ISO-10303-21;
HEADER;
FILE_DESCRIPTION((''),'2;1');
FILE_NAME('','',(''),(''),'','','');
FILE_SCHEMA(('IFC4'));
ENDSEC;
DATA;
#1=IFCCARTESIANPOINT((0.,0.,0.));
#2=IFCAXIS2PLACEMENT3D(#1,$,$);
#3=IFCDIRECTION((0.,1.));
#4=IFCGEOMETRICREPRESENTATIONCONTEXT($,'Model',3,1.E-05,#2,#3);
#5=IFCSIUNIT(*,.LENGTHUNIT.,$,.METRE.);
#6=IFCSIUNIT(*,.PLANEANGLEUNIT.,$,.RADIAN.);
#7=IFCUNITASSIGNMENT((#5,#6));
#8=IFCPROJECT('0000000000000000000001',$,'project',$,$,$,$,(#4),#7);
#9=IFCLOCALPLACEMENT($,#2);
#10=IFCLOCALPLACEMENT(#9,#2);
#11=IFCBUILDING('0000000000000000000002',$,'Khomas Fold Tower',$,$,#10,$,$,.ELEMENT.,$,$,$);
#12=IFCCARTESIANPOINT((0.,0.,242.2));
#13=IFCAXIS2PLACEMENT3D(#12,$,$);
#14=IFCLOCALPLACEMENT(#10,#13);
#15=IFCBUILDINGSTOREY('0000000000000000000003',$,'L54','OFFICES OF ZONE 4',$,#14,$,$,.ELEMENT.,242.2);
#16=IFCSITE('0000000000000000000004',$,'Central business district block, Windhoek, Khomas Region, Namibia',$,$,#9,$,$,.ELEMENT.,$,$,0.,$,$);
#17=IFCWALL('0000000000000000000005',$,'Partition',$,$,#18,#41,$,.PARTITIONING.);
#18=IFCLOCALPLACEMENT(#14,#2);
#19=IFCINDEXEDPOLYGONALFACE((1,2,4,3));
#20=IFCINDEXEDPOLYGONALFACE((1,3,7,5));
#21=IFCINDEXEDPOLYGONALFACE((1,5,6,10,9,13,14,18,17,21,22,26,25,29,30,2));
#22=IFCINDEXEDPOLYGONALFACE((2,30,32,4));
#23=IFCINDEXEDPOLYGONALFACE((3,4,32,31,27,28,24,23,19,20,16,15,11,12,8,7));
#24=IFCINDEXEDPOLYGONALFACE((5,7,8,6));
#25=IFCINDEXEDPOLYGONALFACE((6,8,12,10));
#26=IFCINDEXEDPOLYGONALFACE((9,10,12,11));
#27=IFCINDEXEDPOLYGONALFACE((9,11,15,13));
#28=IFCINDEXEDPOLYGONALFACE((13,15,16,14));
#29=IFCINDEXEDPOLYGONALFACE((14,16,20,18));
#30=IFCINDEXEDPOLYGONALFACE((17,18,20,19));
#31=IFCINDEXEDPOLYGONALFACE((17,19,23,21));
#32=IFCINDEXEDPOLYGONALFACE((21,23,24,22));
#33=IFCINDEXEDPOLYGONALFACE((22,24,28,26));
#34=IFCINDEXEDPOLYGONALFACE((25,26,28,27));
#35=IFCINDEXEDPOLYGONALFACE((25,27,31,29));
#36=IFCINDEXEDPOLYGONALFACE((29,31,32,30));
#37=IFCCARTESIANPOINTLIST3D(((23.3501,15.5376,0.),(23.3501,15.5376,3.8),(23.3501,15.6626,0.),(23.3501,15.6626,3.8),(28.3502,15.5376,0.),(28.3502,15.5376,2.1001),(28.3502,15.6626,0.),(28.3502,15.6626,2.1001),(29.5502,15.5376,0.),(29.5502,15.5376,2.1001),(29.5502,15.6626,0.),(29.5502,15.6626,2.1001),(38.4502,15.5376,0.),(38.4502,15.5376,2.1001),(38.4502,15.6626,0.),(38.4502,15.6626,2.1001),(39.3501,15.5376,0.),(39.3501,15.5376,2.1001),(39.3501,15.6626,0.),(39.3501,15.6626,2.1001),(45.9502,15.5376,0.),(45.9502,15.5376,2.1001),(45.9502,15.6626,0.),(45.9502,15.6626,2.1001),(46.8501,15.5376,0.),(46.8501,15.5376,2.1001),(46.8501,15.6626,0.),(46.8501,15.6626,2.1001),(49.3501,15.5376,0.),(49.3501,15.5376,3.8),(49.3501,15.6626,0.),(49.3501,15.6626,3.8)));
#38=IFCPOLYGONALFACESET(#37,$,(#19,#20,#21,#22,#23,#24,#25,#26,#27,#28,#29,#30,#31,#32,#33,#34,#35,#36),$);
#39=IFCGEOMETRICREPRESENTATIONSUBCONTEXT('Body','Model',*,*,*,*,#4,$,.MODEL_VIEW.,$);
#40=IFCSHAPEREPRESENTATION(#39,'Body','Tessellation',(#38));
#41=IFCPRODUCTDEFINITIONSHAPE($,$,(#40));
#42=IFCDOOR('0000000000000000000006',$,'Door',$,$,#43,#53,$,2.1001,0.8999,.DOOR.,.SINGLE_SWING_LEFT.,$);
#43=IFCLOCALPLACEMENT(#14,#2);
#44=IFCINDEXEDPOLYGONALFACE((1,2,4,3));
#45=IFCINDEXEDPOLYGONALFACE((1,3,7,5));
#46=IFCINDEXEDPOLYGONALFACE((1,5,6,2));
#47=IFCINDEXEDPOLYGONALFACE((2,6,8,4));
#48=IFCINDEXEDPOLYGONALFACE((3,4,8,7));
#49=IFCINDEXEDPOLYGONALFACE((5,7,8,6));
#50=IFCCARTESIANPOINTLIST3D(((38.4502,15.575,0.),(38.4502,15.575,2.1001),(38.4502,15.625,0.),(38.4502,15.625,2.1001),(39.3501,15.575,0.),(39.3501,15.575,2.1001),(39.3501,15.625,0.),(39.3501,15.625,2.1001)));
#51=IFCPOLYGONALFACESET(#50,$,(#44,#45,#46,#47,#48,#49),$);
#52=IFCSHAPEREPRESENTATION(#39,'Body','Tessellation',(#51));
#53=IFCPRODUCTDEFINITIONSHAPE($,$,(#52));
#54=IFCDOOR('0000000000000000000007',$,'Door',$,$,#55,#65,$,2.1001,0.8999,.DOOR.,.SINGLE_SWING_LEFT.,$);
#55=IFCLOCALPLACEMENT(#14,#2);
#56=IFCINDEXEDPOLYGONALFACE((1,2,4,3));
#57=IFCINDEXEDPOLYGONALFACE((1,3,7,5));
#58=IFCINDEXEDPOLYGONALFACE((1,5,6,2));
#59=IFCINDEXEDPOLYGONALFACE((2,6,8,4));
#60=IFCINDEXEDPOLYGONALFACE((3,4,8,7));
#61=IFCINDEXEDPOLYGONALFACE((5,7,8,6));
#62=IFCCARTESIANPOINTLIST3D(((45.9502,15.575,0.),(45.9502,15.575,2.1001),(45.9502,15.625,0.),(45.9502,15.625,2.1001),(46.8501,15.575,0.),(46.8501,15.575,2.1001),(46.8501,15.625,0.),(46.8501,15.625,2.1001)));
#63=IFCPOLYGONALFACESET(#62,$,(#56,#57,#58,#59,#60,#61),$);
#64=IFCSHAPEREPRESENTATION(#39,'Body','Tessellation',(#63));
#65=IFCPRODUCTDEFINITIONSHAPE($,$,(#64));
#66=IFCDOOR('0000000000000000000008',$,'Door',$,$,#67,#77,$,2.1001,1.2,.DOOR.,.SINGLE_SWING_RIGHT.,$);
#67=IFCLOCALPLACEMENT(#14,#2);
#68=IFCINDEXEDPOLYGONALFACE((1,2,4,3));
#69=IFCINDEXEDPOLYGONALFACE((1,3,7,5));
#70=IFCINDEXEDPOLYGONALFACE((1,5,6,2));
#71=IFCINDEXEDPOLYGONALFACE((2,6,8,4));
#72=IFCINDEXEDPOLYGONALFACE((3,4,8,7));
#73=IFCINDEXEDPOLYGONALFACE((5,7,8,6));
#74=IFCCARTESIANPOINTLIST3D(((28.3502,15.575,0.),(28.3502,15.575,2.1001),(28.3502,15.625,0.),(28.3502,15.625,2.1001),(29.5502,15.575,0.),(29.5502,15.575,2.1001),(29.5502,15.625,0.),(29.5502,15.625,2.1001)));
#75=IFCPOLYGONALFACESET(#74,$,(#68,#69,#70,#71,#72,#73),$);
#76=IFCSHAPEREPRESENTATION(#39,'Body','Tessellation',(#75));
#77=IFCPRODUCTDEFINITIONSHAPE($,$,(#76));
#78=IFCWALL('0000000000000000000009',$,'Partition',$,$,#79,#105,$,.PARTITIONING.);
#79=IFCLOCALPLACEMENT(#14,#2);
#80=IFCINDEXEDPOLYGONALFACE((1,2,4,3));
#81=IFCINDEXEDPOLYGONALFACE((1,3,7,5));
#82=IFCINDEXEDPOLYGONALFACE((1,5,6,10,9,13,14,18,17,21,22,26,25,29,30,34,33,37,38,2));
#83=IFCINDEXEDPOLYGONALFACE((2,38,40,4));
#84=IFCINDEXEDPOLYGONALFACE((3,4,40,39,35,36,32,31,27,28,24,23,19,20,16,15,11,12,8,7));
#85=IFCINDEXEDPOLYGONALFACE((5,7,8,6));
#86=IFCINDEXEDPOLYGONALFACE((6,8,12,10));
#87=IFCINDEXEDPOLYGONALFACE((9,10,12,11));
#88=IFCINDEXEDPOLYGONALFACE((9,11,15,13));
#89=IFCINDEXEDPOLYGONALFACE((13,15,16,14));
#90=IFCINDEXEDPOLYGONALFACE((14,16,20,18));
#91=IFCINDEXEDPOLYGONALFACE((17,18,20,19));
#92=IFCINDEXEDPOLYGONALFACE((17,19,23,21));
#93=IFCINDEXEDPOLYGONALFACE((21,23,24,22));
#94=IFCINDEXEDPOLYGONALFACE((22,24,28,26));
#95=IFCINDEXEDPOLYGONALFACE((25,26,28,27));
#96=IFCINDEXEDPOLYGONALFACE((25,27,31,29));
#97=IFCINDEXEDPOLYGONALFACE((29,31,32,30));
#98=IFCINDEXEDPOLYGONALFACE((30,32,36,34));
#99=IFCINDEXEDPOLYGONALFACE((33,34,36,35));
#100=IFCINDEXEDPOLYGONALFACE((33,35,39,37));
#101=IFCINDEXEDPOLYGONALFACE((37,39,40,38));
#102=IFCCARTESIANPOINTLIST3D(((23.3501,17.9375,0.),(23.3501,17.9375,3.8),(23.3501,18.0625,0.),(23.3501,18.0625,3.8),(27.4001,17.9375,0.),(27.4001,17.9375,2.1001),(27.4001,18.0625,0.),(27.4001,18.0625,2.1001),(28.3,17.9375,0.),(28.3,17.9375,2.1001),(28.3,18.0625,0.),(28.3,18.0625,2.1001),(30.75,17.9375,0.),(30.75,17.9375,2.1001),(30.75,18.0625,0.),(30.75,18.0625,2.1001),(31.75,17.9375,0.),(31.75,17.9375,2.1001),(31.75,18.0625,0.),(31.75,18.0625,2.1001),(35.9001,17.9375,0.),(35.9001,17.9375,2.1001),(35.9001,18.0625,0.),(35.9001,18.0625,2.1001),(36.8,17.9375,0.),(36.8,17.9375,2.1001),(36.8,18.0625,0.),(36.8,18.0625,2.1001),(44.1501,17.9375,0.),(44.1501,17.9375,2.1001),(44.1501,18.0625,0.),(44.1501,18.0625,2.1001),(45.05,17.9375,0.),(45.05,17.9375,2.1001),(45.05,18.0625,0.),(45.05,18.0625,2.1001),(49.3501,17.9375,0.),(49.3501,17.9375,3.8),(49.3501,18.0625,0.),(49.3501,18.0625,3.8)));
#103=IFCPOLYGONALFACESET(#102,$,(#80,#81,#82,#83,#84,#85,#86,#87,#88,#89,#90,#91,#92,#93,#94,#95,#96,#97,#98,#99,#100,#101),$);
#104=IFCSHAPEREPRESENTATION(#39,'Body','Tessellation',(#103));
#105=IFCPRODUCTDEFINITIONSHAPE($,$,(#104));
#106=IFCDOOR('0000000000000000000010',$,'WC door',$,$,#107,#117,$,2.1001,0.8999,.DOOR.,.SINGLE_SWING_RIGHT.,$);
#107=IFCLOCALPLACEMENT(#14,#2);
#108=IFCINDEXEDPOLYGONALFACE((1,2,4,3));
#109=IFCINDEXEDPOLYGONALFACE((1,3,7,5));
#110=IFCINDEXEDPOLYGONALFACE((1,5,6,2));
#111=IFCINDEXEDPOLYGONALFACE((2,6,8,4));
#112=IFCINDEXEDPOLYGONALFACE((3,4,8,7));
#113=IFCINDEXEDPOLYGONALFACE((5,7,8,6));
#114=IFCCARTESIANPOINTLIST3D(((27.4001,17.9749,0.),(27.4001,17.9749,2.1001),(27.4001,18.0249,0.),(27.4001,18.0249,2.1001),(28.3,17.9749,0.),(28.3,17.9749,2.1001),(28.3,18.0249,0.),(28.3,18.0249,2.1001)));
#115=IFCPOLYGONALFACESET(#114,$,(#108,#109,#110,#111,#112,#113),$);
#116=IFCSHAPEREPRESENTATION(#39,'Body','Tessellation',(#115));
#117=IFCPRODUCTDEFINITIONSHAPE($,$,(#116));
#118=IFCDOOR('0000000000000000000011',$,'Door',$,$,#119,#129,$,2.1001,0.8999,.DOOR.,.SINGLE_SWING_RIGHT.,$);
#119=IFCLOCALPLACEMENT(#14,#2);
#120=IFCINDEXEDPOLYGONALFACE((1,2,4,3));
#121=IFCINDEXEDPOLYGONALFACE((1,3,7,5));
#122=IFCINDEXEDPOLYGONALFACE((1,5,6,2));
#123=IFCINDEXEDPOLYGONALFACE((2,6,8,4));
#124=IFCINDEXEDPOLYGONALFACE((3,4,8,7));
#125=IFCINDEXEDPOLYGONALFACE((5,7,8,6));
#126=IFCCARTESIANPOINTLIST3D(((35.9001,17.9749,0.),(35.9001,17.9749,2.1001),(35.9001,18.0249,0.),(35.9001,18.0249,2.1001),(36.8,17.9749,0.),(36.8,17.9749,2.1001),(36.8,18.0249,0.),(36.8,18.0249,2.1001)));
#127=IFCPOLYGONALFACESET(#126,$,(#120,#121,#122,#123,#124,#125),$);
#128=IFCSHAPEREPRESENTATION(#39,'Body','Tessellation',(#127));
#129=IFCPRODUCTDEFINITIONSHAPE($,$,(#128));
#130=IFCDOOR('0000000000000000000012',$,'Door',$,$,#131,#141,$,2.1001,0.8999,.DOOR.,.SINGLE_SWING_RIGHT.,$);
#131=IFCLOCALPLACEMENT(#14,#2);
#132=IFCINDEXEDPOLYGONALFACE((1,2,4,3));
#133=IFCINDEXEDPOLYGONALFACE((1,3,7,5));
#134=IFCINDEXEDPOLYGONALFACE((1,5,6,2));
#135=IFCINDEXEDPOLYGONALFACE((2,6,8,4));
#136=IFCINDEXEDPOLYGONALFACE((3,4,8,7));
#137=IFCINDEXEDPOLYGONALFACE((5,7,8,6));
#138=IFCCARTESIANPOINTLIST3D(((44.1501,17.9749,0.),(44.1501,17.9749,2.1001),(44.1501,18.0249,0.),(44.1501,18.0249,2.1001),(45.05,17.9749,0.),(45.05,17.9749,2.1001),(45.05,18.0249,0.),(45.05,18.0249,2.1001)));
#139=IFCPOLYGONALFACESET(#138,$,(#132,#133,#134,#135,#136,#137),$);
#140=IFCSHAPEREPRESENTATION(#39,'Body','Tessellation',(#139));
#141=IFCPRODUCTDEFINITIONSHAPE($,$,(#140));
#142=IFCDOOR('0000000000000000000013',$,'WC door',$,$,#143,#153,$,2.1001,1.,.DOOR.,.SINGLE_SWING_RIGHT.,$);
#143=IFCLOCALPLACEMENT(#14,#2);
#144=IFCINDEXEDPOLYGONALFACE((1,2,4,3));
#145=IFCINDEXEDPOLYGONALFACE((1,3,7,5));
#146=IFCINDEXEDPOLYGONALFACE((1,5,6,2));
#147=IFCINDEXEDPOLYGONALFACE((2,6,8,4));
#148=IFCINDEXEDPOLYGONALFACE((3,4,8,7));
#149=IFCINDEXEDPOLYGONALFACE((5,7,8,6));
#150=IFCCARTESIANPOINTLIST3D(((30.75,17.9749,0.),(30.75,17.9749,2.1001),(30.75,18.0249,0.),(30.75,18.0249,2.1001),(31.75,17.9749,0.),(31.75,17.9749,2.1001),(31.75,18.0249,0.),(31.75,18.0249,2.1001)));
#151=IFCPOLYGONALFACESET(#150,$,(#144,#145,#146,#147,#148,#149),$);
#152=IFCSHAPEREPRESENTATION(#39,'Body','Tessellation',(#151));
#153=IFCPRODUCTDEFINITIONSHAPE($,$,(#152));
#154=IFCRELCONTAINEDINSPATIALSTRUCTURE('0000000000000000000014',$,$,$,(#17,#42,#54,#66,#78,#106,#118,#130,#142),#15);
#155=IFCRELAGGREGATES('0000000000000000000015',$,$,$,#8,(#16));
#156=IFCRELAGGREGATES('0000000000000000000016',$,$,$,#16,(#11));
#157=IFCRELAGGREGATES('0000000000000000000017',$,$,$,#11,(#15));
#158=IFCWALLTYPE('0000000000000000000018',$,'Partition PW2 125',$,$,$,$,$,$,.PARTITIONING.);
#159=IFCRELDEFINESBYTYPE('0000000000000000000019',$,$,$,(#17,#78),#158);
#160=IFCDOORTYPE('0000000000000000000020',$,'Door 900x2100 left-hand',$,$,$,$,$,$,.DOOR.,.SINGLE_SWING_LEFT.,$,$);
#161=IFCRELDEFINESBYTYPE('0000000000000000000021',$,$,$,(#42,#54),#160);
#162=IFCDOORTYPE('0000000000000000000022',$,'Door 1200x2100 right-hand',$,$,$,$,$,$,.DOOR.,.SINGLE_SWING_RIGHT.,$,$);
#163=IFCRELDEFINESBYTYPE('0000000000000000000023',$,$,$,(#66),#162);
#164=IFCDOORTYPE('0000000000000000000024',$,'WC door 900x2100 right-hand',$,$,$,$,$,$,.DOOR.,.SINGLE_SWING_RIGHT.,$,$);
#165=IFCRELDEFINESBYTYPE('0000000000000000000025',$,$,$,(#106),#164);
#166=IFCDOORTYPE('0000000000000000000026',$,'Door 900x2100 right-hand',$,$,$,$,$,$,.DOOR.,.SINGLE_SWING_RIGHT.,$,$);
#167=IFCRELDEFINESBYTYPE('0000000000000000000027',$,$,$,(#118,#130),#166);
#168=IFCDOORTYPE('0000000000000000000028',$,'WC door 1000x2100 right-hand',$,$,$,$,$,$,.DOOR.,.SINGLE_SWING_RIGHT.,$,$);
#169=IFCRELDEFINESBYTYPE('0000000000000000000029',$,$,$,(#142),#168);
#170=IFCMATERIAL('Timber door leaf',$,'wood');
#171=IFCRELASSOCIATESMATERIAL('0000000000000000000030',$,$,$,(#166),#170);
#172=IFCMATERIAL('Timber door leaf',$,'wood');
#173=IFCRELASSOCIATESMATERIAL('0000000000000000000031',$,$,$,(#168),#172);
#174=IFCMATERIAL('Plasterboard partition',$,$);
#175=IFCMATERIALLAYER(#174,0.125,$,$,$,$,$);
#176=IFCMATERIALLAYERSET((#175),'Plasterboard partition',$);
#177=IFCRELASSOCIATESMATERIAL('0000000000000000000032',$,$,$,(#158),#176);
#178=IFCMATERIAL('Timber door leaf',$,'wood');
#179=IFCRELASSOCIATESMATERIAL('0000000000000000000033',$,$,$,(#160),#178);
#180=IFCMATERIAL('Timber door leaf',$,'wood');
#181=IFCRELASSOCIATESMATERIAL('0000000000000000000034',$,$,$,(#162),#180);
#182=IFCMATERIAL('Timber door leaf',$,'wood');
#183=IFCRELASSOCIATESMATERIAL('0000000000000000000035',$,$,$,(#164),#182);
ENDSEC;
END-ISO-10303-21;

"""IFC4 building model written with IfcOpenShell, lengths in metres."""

from ifc_helpers import new_model, si_unit, direction, frame, frame_2d, origin, place, context, subcontext, project, spatial, rectangle, extrude, source, transform, mapped, material, layer, layer_set, type_object, element, fill, save


model = new_model("IFC4")

# Units and contexts
model_context = context("Model", 3, precision=1e-05, world=origin(), true_north=direction((0.0, 1.0)))
body_context = subcontext(model_context, "Body", "Model", "MODEL_VIEW")
ifc_project = project(units=[si_unit("LENGTHUNIT", "METRE"), si_unit("PLANEANGLEUNIT", "RADIAN")], contexts=[model_context])

# Site, building, storey
site_placement = place(None, origin())
site = spatial("IfcSite", under=ifc_project, at=site_placement, Name="Central business district block, Windhoek, Khomas Region, Namibia", CompositionType="ELEMENT", RefElevation=0.0)
building_placement = place(site_placement, origin())
building = spatial("IfcBuilding", under=site, at=building_placement, Name="Khomas Fold Tower", CompositionType="ELEMENT")
storey_placement = place(building_placement, frame((0.0, 0.0, 242.2)))
storey = spatial("IfcBuildingStorey", under=building, at=storey_placement, Name="L54", Description="OFFICES OF ZONE 4", CompositionType="ELEMENT", Elevation=242.2)

# Walls, openings, doors
ifc_material_1 = material(Name="Timber door leaf", Category="wood")
door_type_1 = type_object("IfcDoorType", Name="Door 900x2100 right-hand", OperationType="SINGLE_SWING_RIGHT", PredefinedType="DOOR", material=ifc_material_1)
ifc_material_2 = material(Name="Timber door leaf", Category="wood")
door_type_2 = type_object("IfcDoorType", Name="WC door 1000x2100 right-hand", OperationType="SINGLE_SWING_RIGHT", PredefinedType="DOOR", material=ifc_material_2)
ifc_material_3 = material(Name="Plasterboard partition")
ifc_layer_1 = layer(ifc_material_3, 0.125)
ifc_layer_set_1 = layer_set([ifc_layer_1], Name="Plasterboard partition")
wall_type_1 = type_object("IfcWallType", Name="Partition PW2 125", PredefinedType="PARTITIONING", material=ifc_layer_set_1)
shared_shape_1 = source(origin(), body_context, "Body", "SweptSolid", [
    extrude(rectangle(XDim=26.0, YDim=0.125, at=frame_2d((13.0, 0.0))), origin(), (0.0, 0.0, 1.0), 3.8),
])
wall_1_placement = place(storey_placement, frame((23.3501, 15.6001, 0.0), z_axis=(0.0, 0.0, 1.0), x_axis=(1.0, 0.0, 0.0)))
wall_1 = element("IfcWall", 1, at=wall_1_placement, inside=storey, type_object=wall_type_1, Name="Partition", PredefinedType="PARTITIONING", context=body_context, shape_type="MappedRepresentation", body=[
    mapped(shared_shape_1, transform((0.0, 0.0, 0.0))),
])
shared_shape_2 = source(origin(), body_context, "Body", "SweptSolid", [
    extrude(rectangle(XDim=1.2, YDim=2.1001, at=frame_2d((0.6001, 1.05))), frame((0.0, 0.0725, 0.0), z_axis=(0.0, -1.0, 0.0), x_axis=(1.0, 0.0, 0.0)), (0.0, 0.0, 1.0), 0.145),
])
opening_1_placement = place(wall_1_placement, frame((5.0, 0.0, 0.0)))
opening_1 = element("IfcOpeningElement", 2, at=opening_1_placement, cuts=wall_1, PredefinedType="OPENING", context=body_context, shape_type="MappedRepresentation", body=[
    mapped(shared_shape_2, transform((0.0, 0.0, 0.0))),
])
shared_shape_3 = source(origin(), body_context, "Body", "SweptSolid", [
    extrude(rectangle(XDim=0.8999, YDim=2.1001, at=frame_2d((0.45, 1.05))), frame((0.0, 0.0725, 0.0), z_axis=(0.0, -1.0, 0.0), x_axis=(1.0, 0.0, 0.0)), (0.0, 0.0, 1.0), 0.145),
])
opening_2_placement = place(wall_1_placement, frame((15.1001, 0.0, 0.0)))
opening_2 = element("IfcOpeningElement", 3, at=opening_2_placement, cuts=wall_1, PredefinedType="OPENING", context=body_context, shape_type="MappedRepresentation", body=[
    mapped(shared_shape_3, transform((0.0, 0.0, 0.0))),
])
opening_3_placement = place(wall_1_placement, frame((22.6001, 0.0, 0.0)))
opening_3 = element("IfcOpeningElement", 4, at=opening_3_placement, cuts=wall_1, PredefinedType="OPENING", context=body_context, shape_type="MappedRepresentation", body=[
    mapped(shared_shape_3, transform((0.0, 0.0, 0.0))),
])
ifc_material_4 = material(Name="Timber door leaf", Category="wood")
door_type_3 = type_object("IfcDoorType", Name="Door 900x2100 left-hand", OperationType="SINGLE_SWING_LEFT", PredefinedType="DOOR", material=ifc_material_4)
shared_shape_4 = source(origin(), body_context, "Body", "SweptSolid", [
    extrude(rectangle(XDim=0.8999, YDim=2.1001, at=frame_2d((0.45, 1.05))), frame((0.0, 0.0249, 0.0), z_axis=(0.0, -1.0, 0.0), x_axis=(1.0, 0.0, 0.0)), (0.0, 0.0, 1.0), 0.05),
])
door_1_placement = place(opening_2_placement, origin())
door_1 = element("IfcDoor", 5, at=door_1_placement, inside=storey, type_object=door_type_3, Name="Door", OperationType="SINGLE_SWING_LEFT", OverallHeight=2.1001, OverallWidth=0.8999, PredefinedType="DOOR", context=body_context, shape_type="MappedRepresentation", body=[
    mapped(shared_shape_4, transform((0.0, 0.0, 0.0))),
])
fill(opening_2, door_1)
door_2_placement = place(opening_3_placement, origin())
door_2 = element("IfcDoor", 6, at=door_2_placement, inside=storey, type_object=door_type_3, Name="Door", OperationType="SINGLE_SWING_LEFT", OverallHeight=2.1001, OverallWidth=0.8999, PredefinedType="DOOR", context=body_context, shape_type="MappedRepresentation", body=[
    mapped(shared_shape_4, transform((0.0, 0.0, 0.0))),
])
fill(opening_3, door_2)
ifc_material_5 = material(Name="Timber door leaf", Category="wood")
door_type_4 = type_object("IfcDoorType", Name="Door 1200x2100 right-hand", OperationType="SINGLE_SWING_RIGHT", PredefinedType="DOOR", material=ifc_material_5)
shared_shape_5 = source(origin(), body_context, "Body", "SweptSolid", [
    extrude(rectangle(XDim=1.2, YDim=2.1001, at=frame_2d((0.6001, 1.05))), frame((0.0, 0.0249, 0.0), z_axis=(0.0, -1.0, 0.0), x_axis=(1.0, 0.0, 0.0)), (0.0, 0.0, 1.0), 0.05),
])
door_3_placement = place(opening_1_placement, origin())
door_3 = element("IfcDoor", 7, at=door_3_placement, inside=storey, type_object=door_type_4, Name="Door", OperationType="SINGLE_SWING_RIGHT", OverallHeight=2.1001, OverallWidth=1.2, PredefinedType="DOOR", context=body_context, shape_type="MappedRepresentation", body=[
    mapped(shared_shape_5, transform((0.0, 0.0, 0.0))),
])
fill(opening_1, door_3)
wall_2_placement = place(storey_placement, frame((23.3501, 18.0, 0.0), z_axis=(0.0, 0.0, 1.0), x_axis=(1.0, 0.0, 0.0)))
wall_2 = element("IfcWall", 8, at=wall_2_placement, inside=storey, type_object=wall_type_1, Name="Partition", PredefinedType="PARTITIONING", context=body_context, shape_type="MappedRepresentation", body=[
    mapped(shared_shape_1, transform((0.0, 0.0, 0.0))),
])
opening_4_placement = place(wall_2_placement, frame((4.05, 0.0, 0.0)))
opening_4 = element("IfcOpeningElement", 9, at=opening_4_placement, cuts=wall_2, PredefinedType="OPENING", context=body_context, shape_type="MappedRepresentation", body=[
    mapped(shared_shape_3, transform((0.0, 0.0, 0.0))),
])
shared_shape_6 = source(origin(), body_context, "Body", "SweptSolid", [
    extrude(rectangle(XDim=1.0, YDim=2.1001, at=frame_2d((0.5, 1.05))), frame((0.0, 0.0725, 0.0), z_axis=(0.0, -1.0, 0.0), x_axis=(1.0, 0.0, 0.0)), (0.0, 0.0, 1.0), 0.145),
])
opening_5_placement = place(wall_2_placement, frame((7.3999, 0.0, 0.0)))
opening_5 = element("IfcOpeningElement", 10, at=opening_5_placement, cuts=wall_2, PredefinedType="OPENING", context=body_context, shape_type="MappedRepresentation", body=[
    mapped(shared_shape_6, transform((0.0, 0.0, 0.0))),
])
opening_6_placement = place(wall_2_placement, frame((12.55, 0.0, 0.0)))
opening_6 = element("IfcOpeningElement", 11, at=opening_6_placement, cuts=wall_2, PredefinedType="OPENING", context=body_context, shape_type="MappedRepresentation", body=[
    mapped(shared_shape_3, transform((0.0, 0.0, 0.0))),
])
opening_7_placement = place(wall_2_placement, frame((20.8, 0.0, 0.0)))
opening_7 = element("IfcOpeningElement", 12, at=opening_7_placement, cuts=wall_2, PredefinedType="OPENING", context=body_context, shape_type="MappedRepresentation", body=[
    mapped(shared_shape_3, transform((0.0, 0.0, 0.0))),
])
ifc_material_6 = material(Name="Timber door leaf", Category="wood")
door_type_5 = type_object("IfcDoorType", Name="WC door 900x2100 right-hand", OperationType="SINGLE_SWING_RIGHT", PredefinedType="DOOR", material=ifc_material_6)
door_4_placement = place(opening_4_placement, origin())
door_4 = element("IfcDoor", 13, at=door_4_placement, inside=storey, type_object=door_type_5, Name="WC door", OperationType="SINGLE_SWING_RIGHT", OverallHeight=2.1001, OverallWidth=0.8999, PredefinedType="DOOR", context=body_context, shape_type="MappedRepresentation", body=[
    mapped(shared_shape_4, transform((0.0, 0.0, 0.0))),
])
fill(opening_4, door_4)
door_5_placement = place(opening_6_placement, origin())
door_5 = element("IfcDoor", 14, at=door_5_placement, inside=storey, type_object=door_type_1, Name="Door", OperationType="SINGLE_SWING_RIGHT", OverallHeight=2.1001, OverallWidth=0.8999, PredefinedType="DOOR", context=body_context, shape_type="MappedRepresentation", body=[
    mapped(shared_shape_4, transform((0.0, 0.0, 0.0))),
])
fill(opening_6, door_5)
door_6_placement = place(opening_7_placement, origin())
door_6 = element("IfcDoor", 15, at=door_6_placement, inside=storey, type_object=door_type_1, Name="Door", OperationType="SINGLE_SWING_RIGHT", OverallHeight=2.1001, OverallWidth=0.8999, PredefinedType="DOOR", context=body_context, shape_type="MappedRepresentation", body=[
    mapped(shared_shape_4, transform((0.0, 0.0, 0.0))),
])
fill(opening_7, door_6)
shared_shape_7 = source(origin(), body_context, "Body", "SweptSolid", [
    extrude(rectangle(XDim=1.0, YDim=2.1001, at=frame_2d((0.5, 1.05))), frame((0.0, 0.0249, 0.0), z_axis=(0.0, -1.0, 0.0), x_axis=(1.0, 0.0, 0.0)), (0.0, 0.0, 1.0), 0.05),
])
door_7_placement = place(opening_5_placement, origin())
door_7 = element("IfcDoor", 16, at=door_7_placement, inside=storey, type_object=door_type_2, Name="WC door", OperationType="SINGLE_SWING_RIGHT", OverallHeight=2.1001, OverallWidth=1.0, PredefinedType="DOOR", context=body_context, shape_type="MappedRepresentation", body=[
    mapped(shared_shape_7, transform((0.0, 0.0, 0.0))),
])
fill(opening_5, door_7)

save(model, "model.ifc")
